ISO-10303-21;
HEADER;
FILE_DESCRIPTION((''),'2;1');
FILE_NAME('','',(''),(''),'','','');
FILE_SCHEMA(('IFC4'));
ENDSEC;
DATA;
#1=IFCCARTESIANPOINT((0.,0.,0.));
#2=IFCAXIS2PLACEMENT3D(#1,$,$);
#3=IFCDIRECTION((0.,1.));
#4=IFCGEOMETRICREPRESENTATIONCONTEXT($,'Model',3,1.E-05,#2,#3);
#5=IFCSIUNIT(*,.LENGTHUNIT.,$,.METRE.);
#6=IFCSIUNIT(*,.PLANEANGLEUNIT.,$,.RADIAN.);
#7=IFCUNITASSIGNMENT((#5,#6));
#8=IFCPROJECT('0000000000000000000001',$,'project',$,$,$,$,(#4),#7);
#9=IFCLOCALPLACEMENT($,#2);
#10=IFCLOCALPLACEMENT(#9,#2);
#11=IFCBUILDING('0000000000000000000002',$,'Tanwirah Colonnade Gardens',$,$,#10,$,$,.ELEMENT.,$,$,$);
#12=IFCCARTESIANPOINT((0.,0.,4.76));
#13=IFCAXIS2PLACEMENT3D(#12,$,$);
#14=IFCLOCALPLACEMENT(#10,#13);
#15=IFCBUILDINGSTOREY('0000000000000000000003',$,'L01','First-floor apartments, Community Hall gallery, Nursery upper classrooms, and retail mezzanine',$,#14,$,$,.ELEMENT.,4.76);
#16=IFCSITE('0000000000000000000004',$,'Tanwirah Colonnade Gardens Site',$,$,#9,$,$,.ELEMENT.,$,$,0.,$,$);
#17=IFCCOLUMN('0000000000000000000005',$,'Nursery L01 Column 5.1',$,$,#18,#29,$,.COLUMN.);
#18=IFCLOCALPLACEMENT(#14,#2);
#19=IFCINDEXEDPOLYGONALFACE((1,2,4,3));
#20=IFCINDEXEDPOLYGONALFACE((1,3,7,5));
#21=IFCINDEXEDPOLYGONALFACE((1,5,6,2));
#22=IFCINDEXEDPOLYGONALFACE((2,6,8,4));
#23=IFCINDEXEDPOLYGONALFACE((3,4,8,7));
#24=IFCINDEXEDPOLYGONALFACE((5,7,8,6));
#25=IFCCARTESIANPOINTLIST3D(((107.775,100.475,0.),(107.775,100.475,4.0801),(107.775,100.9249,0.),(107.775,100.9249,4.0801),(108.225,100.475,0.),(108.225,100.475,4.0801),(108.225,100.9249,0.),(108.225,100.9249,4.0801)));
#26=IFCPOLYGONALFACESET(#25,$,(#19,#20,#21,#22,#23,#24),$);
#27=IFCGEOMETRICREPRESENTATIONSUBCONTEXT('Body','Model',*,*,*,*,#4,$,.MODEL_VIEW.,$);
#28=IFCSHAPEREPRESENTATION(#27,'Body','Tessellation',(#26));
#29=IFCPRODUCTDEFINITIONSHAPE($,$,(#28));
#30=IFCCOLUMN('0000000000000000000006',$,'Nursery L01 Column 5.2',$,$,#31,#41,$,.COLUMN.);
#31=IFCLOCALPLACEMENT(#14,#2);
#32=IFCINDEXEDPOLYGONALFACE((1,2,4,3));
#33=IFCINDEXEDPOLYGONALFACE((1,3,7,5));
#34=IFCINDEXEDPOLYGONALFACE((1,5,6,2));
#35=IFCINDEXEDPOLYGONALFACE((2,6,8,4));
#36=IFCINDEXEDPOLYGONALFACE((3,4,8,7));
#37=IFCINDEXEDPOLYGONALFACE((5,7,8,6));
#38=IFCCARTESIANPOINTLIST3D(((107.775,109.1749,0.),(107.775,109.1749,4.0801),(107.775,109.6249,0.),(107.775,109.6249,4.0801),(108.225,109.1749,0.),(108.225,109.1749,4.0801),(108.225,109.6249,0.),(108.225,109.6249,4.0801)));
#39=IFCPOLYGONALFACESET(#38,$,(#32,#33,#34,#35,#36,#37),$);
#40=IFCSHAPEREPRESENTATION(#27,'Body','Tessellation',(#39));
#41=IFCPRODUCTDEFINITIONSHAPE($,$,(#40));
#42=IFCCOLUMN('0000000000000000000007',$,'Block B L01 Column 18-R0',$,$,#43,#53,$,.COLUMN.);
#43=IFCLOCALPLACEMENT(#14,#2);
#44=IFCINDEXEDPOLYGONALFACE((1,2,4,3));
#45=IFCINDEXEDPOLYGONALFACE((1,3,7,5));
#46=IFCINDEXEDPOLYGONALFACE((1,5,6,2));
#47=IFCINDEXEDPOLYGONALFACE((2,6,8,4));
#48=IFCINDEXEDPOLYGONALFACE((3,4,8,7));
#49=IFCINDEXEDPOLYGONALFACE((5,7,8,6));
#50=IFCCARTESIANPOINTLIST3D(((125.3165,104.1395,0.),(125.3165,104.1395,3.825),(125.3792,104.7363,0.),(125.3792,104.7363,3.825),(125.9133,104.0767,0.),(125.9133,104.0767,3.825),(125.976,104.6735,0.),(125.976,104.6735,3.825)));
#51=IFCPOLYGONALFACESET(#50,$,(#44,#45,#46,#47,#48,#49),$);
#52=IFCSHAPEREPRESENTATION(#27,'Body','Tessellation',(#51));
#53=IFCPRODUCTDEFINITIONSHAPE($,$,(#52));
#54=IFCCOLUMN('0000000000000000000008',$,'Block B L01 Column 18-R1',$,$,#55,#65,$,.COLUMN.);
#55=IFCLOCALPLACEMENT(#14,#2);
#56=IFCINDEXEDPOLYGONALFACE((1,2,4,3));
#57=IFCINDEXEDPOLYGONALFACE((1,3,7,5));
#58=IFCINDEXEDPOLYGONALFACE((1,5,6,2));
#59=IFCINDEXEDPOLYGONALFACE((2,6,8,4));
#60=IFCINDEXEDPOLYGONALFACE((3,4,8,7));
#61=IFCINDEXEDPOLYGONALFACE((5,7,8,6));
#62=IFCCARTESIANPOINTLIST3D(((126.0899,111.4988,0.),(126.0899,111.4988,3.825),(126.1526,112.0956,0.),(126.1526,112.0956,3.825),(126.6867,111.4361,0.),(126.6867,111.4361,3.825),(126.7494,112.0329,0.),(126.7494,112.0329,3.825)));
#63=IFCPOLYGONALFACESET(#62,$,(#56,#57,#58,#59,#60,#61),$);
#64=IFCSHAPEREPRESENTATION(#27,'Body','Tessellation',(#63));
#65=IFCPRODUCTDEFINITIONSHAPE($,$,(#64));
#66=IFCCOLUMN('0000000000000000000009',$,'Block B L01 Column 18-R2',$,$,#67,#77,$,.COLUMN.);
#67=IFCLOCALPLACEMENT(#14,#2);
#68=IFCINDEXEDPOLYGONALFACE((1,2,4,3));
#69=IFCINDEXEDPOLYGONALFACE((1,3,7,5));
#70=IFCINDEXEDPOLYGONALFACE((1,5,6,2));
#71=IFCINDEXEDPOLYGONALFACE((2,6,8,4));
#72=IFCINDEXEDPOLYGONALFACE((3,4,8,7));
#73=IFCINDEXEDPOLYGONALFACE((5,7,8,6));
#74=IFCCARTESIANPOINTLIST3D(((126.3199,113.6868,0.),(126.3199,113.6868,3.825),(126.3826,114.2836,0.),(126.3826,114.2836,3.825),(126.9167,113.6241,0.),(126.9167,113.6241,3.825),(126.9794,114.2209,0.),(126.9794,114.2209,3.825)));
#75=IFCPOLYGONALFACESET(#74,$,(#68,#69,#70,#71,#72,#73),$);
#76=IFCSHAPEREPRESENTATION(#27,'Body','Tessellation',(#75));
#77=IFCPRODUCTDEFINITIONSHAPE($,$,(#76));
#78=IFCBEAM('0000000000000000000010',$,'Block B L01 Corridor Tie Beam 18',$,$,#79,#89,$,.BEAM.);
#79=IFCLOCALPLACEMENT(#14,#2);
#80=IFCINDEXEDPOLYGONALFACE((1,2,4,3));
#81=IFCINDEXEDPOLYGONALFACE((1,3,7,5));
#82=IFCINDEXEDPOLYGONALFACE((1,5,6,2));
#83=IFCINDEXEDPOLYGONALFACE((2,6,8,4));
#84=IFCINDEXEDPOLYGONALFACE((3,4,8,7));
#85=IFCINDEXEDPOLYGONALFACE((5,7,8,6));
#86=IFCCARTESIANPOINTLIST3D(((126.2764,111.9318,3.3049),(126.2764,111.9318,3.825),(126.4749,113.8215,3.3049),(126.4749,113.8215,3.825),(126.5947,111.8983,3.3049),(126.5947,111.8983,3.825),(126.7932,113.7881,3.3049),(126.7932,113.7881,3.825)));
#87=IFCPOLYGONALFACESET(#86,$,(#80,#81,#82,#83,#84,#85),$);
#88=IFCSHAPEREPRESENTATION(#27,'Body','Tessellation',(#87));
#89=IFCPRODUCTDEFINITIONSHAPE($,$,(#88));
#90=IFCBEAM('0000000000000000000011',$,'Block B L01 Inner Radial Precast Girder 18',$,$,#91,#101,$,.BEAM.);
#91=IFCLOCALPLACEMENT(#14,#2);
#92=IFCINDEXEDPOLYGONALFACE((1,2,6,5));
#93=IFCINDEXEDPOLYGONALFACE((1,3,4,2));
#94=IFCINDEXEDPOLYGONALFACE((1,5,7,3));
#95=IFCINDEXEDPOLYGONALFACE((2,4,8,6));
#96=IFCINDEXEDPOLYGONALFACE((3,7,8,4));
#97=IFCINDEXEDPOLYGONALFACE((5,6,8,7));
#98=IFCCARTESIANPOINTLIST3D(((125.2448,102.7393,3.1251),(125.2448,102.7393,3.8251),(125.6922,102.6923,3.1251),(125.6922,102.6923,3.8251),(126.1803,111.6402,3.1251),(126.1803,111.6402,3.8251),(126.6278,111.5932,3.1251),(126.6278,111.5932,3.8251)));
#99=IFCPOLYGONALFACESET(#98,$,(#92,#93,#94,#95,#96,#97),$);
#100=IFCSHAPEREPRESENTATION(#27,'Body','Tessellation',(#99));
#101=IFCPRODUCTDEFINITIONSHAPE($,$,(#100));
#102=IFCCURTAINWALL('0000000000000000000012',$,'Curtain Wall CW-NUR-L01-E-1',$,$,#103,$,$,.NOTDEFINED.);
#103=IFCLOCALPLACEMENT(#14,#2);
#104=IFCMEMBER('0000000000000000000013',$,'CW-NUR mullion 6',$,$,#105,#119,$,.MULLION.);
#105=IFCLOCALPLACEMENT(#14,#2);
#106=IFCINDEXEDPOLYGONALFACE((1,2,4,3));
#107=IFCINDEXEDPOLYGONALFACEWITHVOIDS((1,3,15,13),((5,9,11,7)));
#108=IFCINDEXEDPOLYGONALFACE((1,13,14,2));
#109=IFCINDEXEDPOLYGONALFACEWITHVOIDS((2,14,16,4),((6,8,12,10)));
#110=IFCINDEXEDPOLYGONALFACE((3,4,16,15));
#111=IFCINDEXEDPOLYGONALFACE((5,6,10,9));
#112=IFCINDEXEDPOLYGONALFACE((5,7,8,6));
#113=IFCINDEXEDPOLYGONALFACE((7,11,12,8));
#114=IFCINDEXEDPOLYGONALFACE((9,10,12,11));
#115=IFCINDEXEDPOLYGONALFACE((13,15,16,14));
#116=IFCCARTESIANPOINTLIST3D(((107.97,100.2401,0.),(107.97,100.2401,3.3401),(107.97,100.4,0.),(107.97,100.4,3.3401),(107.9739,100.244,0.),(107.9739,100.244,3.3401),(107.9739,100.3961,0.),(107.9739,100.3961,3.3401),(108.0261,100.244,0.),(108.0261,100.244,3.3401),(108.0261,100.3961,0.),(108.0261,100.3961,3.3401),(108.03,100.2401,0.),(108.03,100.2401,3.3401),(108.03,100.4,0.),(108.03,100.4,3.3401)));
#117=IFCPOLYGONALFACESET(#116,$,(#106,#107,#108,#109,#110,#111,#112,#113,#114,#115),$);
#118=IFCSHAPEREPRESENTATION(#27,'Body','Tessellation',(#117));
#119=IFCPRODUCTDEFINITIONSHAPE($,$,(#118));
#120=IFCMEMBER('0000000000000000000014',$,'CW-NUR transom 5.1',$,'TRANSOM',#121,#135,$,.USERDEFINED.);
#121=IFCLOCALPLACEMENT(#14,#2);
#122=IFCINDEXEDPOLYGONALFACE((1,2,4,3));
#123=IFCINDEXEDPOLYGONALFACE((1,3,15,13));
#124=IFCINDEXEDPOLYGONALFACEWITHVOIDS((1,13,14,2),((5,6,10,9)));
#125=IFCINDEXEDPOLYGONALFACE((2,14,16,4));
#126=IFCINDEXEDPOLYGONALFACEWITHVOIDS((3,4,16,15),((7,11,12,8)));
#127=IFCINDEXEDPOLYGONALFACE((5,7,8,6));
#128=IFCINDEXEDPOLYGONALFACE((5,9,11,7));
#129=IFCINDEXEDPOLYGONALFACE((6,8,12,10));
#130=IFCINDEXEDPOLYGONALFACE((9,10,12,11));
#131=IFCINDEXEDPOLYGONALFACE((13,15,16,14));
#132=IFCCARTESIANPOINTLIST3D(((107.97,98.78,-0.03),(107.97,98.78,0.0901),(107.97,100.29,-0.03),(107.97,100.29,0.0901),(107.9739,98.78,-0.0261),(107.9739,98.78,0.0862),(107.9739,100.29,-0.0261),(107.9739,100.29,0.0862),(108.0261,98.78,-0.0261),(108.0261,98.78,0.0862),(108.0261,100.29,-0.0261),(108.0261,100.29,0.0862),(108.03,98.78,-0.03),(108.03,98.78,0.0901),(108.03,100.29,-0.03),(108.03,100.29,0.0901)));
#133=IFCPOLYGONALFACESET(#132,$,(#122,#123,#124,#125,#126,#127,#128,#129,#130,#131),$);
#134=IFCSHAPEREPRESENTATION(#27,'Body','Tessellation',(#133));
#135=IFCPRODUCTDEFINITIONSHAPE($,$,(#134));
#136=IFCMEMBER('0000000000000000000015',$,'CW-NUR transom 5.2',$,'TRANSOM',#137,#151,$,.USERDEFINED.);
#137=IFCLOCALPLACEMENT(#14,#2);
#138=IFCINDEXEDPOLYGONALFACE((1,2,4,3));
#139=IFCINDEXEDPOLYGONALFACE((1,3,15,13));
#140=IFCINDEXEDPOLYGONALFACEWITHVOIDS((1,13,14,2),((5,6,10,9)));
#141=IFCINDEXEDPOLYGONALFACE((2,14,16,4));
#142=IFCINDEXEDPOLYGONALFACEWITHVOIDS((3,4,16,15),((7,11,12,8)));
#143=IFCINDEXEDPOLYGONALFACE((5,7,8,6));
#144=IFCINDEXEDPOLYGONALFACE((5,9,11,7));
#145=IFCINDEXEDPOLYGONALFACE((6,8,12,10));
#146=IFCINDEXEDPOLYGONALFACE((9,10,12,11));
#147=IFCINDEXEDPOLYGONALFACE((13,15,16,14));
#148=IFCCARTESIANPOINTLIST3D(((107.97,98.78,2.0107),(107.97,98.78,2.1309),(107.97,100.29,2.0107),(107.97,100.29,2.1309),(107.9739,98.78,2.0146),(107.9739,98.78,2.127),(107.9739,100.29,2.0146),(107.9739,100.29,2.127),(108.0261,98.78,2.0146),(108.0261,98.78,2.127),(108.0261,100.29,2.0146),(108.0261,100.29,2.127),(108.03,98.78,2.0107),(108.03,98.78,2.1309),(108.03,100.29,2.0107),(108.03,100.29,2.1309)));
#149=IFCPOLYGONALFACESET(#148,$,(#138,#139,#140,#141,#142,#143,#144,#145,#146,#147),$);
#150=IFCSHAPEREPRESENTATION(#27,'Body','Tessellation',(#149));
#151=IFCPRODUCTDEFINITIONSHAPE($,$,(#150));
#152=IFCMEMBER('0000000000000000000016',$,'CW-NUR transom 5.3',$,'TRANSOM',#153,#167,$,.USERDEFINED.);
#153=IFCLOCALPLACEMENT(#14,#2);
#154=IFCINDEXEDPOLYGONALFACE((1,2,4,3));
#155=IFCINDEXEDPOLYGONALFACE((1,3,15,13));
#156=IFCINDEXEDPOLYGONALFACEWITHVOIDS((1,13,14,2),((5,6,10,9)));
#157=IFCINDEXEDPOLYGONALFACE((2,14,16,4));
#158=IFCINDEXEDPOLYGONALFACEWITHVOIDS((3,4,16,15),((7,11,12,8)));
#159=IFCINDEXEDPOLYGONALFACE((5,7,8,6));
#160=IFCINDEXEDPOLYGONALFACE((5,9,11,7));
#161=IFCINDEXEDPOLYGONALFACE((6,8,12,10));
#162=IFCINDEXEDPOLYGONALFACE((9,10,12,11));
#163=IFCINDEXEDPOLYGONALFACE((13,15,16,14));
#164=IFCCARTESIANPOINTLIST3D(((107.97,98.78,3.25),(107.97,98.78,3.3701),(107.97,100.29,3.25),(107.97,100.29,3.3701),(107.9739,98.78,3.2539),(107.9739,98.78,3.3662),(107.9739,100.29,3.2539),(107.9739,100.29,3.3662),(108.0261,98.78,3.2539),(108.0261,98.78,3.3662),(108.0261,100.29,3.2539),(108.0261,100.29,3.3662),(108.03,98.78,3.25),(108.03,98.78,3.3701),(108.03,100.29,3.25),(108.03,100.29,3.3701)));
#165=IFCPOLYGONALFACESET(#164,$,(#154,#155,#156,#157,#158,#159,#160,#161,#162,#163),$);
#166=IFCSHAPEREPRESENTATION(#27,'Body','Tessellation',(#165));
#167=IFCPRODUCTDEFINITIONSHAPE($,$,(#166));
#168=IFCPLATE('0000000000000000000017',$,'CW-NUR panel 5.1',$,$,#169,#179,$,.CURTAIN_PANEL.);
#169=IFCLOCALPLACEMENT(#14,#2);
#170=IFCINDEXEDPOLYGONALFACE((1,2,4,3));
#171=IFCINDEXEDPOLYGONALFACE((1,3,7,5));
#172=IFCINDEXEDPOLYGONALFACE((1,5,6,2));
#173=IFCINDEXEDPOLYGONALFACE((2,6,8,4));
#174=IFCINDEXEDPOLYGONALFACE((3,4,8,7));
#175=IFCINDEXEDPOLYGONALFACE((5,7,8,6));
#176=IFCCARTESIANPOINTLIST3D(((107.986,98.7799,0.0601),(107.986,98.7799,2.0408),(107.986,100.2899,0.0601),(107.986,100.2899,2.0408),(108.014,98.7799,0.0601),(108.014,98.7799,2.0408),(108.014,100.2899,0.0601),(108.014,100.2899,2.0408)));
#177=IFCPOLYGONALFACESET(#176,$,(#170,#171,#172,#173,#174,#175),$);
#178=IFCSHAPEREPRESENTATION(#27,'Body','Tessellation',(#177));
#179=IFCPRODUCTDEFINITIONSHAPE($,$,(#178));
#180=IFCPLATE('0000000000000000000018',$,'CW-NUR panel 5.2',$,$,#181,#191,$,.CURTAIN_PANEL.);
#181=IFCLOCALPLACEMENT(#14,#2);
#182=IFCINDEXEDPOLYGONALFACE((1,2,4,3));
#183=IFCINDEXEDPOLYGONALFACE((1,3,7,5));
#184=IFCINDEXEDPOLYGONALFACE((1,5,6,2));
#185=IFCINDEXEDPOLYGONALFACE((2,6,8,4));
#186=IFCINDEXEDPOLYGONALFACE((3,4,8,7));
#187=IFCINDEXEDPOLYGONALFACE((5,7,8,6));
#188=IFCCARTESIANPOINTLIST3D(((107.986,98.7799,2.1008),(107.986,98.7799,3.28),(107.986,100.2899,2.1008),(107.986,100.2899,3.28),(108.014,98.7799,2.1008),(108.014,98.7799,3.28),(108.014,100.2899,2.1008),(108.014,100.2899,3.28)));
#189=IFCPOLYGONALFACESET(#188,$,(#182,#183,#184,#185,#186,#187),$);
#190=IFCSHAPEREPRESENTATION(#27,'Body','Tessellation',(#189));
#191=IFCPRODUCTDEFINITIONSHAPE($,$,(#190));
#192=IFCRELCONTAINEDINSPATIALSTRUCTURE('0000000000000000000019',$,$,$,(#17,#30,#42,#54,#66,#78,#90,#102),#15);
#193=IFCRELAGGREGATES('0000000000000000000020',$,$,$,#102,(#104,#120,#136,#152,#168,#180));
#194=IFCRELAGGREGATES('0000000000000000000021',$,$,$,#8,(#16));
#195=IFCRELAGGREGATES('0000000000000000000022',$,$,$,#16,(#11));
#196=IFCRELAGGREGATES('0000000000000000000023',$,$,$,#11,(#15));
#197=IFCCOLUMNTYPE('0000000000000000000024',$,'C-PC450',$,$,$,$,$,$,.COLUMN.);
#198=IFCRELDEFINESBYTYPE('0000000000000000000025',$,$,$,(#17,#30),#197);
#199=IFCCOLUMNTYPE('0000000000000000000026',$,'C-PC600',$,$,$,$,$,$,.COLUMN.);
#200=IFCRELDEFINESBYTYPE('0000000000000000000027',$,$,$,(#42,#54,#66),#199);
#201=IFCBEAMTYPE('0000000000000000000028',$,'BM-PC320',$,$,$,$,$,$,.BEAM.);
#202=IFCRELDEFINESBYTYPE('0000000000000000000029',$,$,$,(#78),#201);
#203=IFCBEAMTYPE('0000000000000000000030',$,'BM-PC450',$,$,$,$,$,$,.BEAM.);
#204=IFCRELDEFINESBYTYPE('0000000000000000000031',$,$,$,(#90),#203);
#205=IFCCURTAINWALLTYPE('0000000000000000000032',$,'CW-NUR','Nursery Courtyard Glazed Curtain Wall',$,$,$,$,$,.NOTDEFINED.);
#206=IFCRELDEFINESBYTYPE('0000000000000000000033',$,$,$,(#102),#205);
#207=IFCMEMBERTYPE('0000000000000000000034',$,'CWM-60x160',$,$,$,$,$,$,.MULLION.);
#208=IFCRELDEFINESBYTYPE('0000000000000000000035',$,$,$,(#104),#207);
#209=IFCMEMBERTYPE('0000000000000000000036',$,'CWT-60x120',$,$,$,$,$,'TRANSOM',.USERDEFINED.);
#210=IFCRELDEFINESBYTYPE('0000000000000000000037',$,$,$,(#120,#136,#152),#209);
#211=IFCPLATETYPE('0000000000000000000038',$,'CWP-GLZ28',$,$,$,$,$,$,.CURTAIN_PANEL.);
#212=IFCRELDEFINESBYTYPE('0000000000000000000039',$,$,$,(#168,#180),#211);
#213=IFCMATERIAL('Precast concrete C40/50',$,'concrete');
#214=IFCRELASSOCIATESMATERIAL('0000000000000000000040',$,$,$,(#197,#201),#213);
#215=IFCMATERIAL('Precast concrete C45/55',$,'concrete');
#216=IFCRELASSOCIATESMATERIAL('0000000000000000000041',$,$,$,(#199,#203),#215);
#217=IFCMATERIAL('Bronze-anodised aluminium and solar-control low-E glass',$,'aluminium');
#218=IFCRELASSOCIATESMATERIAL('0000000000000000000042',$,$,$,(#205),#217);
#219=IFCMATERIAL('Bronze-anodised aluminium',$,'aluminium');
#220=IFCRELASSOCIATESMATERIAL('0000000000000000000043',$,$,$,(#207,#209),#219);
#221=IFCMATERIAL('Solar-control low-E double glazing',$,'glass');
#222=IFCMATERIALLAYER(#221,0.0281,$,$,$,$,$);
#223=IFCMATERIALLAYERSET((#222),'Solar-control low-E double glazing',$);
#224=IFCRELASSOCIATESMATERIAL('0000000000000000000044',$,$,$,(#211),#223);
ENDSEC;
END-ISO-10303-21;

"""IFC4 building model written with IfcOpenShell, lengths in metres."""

from ifc_helpers import new_model, si_unit, direction, frame, origin, origin_2d, place, context, subcontext, project, spatial, rectangle, hollow_rectangle, extrude, material, layer, layer_set, material_profile, profile_set, type_object, element, aggregate, save


model = new_model("IFC4")

# Units and contexts
model_context = context("Model", 3, precision=1e-05, world=origin(), true_north=direction((0.0, 1.0)))
body_context = subcontext(model_context, "Body", "Model", "MODEL_VIEW")
ifc_project = project(units=[si_unit("LENGTHUNIT", "METRE"), si_unit("PLANEANGLEUNIT", "RADIAN")], contexts=[model_context])

# Site, building, storey
site_placement = place(None, origin())
site = spatial("IfcSite", under=ifc_project, at=site_placement, Name="Tanwirah Colonnade Gardens Site", CompositionType="ELEMENT", RefElevation=0.0)
building_placement = place(site_placement, origin())
building = spatial("IfcBuilding", under=site, at=building_placement, Name="Tanwirah Colonnade Gardens", CompositionType="ELEMENT")
storey_placement = place(building_placement, frame((0.0, 0.0, 4.76)))
storey = spatial("IfcBuildingStorey", under=building, at=storey_placement, Name="L01", Description="First-floor apartments, Community Hall gallery, Nursery upper classrooms, and retail mezzanine", CompositionType="ELEMENT", Elevation=4.76)

# Columns
ifc_material_1 = material(Name="Precast concrete C40/50", Category="concrete")
ifc_material_profile_1 = material_profile(ifc_material_1, rectangle(XDim=0.45, YDim=0.45, at=origin_2d()), Name="PC-COL 450x450")
ifc_profile_set_1 = profile_set([ifc_material_profile_1], Name="Precast concrete C40/50")
column_type_1 = type_object("IfcColumnType", Name="C-PC450", PredefinedType="COLUMN", material=ifc_profile_set_1)
for number, where, z_axis, x_axis, name in (
    (1, (108.0, 100.7, 0.0), (0.0, 0.0, 1.0), (1.0, 0.0, 0.0), "Nursery L01 Column 5.1"),
    (2, (108.0, 109.3999, 0.0), (0.0, 0.0, 1.0), (1.0, 0.0, 0.0), "Nursery L01 Column 5.2"),
):
    element("IfcColumn", number, at=place(storey_placement, frame(where, z_axis=z_axis, x_axis=x_axis)), inside=storey, type_object=column_type_1, Name=name, PredefinedType="COLUMN", context=body_context, shape_type="SweptSolid", body=[
        extrude(rectangle(XDim=0.45, YDim=0.45, at=origin_2d()), origin(), (0.0, 0.0, 1.0), 4.0801),
    ])
ifc_material_2 = material(Name="Precast concrete C45/55", Category="concrete")
ifc_material_profile_2 = material_profile(ifc_material_2, rectangle(XDim=0.6001, YDim=0.6001, at=origin_2d()), Name="PC-COL 600x600")
ifc_profile_set_2 = profile_set([ifc_material_profile_2], Name="Precast concrete C45/55")
column_type_2 = type_object("IfcColumnType", Name="C-PC600", PredefinedType="COLUMN", material=ifc_profile_set_2)
for number, where, z_axis, x_axis, name in (
    (3, (125.6462, 104.4065, 0.0), (0.0, 0.0, 1.0), (0.104528, 0.994522, 0.0), "Block B L01 Column 18-R0"),
    (4, (126.4197, 111.7659, 0.0), (0.0, 0.0, 1.0), (0.104528, 0.994522, 0.0), "Block B L01 Column 18-R1"),
    (5, (126.6497, 113.9539, 0.0), (0.0, 0.0, 1.0), (0.104528, 0.994522, 0.0), "Block B L01 Column 18-R2"),
):
    element("IfcColumn", number, at=place(storey_placement, frame(where, z_axis=z_axis, x_axis=x_axis)), inside=storey, type_object=column_type_2, Name=name, PredefinedType="COLUMN", context=body_context, shape_type="SweptSolid", body=[
        extrude(rectangle(XDim=0.6001, YDim=0.6001, at=origin_2d()), origin(), (0.0, 0.0, 1.0), 3.825),
    ])

# Beams
ifc_material_profile_3 = material_profile(ifc_material_1, rectangle(XDim=0.3201, YDim=0.52, at=origin_2d()), Name="PC-BM 320x520")
ifc_profile_set_3 = profile_set([ifc_material_profile_3], Name="Precast concrete C40/50")
beam_type_1 = type_object("IfcBeamType", Name="BM-PC320", PredefinedType="BEAM", material=ifc_profile_set_3)
beam_1_placement = place(storey_placement, frame((126.4355, 111.915, 3.5649), z_axis=(0.104464, 0.994529, 0.0), x_axis=(-0.994529, 0.104464, 0.0)))
element("IfcBeam", 6, at=beam_1_placement, inside=storey, type_object=beam_type_1, Name="Block B L01 Corridor Tie Beam 18", PredefinedType="BEAM", context=body_context, shape_type="SweptSolid", body=[
    extrude(rectangle(XDim=0.3201, YDim=0.52, at=origin_2d()), origin(), (0.0, 0.0, 1.0), 1.9001),
])
ifc_material_profile_4 = material_profile(ifc_material_2, rectangle(XDim=0.45, YDim=0.7, at=origin_2d()), Name="PC-BM 450x700")
ifc_profile_set_4 = profile_set([ifc_material_profile_4], Name="Precast concrete C45/55")
beam_type_2 = type_object("IfcBeamType", Name="BM-PC450", PredefinedType="BEAM", material=ifc_profile_set_4)
beam_2_placement = place(storey_placement, frame((126.4041, 111.6167, 3.4751), z_axis=(-0.104531, -0.994522, 0.0), x_axis=(0.994522, -0.104531, 0.0)))
element("IfcBeam", 7, at=beam_2_placement, inside=storey, type_object=beam_type_2, Name="Block B L01 Inner Radial Precast Girder 18", PredefinedType="BEAM", context=body_context, shape_type="SweptSolid", body=[
    extrude(rectangle(XDim=0.45, YDim=0.7, at=origin_2d()), origin(), (0.0, 0.0, 1.0), 8.95),
])

# Curtain wall, members, plates
ifc_material_3 = material(Name="Bronze-anodised aluminium and solar-control low-E glass", Category="aluminium")
curtain_wall_type = type_object("IfcCurtainWallType", Name="CW-NUR", Description="Nursery Courtyard Glazed Curtain Wall", PredefinedType="NOTDEFINED", material=ifc_material_3)
curtain_wall_placement = place(storey_placement, origin())
curtain_wall = element("IfcCurtainWall", 8, at=curtain_wall_placement, inside=storey, type_object=curtain_wall_type, Name="Curtain Wall CW-NUR-L01-E-1", PredefinedType="NOTDEFINED")
ifc_material_4 = material(Name="Bronze-anodised aluminium", Category="aluminium")
ifc_material_profile_5 = material_profile(ifc_material_4, hollow_rectangle(XDim=0.0601, YDim=0.1599, WallThickness=0.0039, at=origin_2d()), Name="CW-MUL 60x160x4")
ifc_profile_set_5 = profile_set([ifc_material_profile_5], Name="Bronze-anodised aluminium")
member_type_1 = type_object("IfcMemberType", Name="CWM-60x160", PredefinedType="MULLION", material=ifc_profile_set_5)
member_1_placement = place(storey_placement, frame((108.0, 100.3201, 0.0), z_axis=(0.0, 0.0, 1.0), x_axis=(-1.0, 0.0, 0.0)))
member_1 = element("IfcMember", 9, at=member_1_placement, type_object=member_type_1, Name="CW-NUR mullion 6", PredefinedType="MULLION", context=body_context, shape_type="SweptSolid", body=[
    extrude(hollow_rectangle(XDim=0.0601, YDim=0.1599, WallThickness=0.0039, at=origin_2d()), origin(), (0.0, 0.0, 1.0), 3.3401),
])
ifc_material_profile_6 = material_profile(ifc_material_4, hollow_rectangle(XDim=0.0601, YDim=0.1201, WallThickness=0.0039, at=origin_2d()), Name="CW-TRN 60x120x4")
ifc_profile_set_6 = profile_set([ifc_material_profile_6], Name="Bronze-anodised aluminium")
member_type_2 = type_object("IfcMemberType", Name="CWT-60x120", ElementType="TRANSOM", PredefinedType="USERDEFINED", material=ifc_profile_set_6)
member_2_placement = place(storey_placement, frame((108.0, 98.78, 0.03), z_axis=(0.0, 1.0, 0.0), x_axis=(-1.0, 0.0, 0.0)))
member_2 = element("IfcMember", 10, at=member_2_placement, type_object=member_type_2, Name="CW-NUR transom 5.1", ObjectType="TRANSOM", PredefinedType="USERDEFINED", context=body_context, shape_type="SweptSolid", body=[
    extrude(hollow_rectangle(XDim=0.0601, YDim=0.1201, WallThickness=0.0039, at=origin_2d()), origin(), (0.0, 0.0, 1.0), 1.51),
])
member_3_placement = place(storey_placement, frame((108.0, 98.78, 2.0708), z_axis=(0.0, 1.0, 0.0), x_axis=(-1.0, 0.0, 0.0)))
member_3 = element("IfcMember", 11, at=member_3_placement, type_object=member_type_2, Name="CW-NUR transom 5.2", ObjectType="TRANSOM", PredefinedType="USERDEFINED", context=body_context, shape_type="SweptSolid", body=[
    extrude(hollow_rectangle(XDim=0.0601, YDim=0.1201, WallThickness=0.0039, at=origin_2d()), origin(), (0.0, 0.0, 1.0), 1.51),
])
member_4_placement = place(storey_placement, frame((108.0, 98.78, 3.3101), z_axis=(0.0, 1.0, 0.0), x_axis=(-1.0, 0.0, 0.0)))
member_4 = element("IfcMember", 12, at=member_4_placement, type_object=member_type_2, Name="CW-NUR transom 5.3", ObjectType="TRANSOM", PredefinedType="USERDEFINED", context=body_context, shape_type="SweptSolid", body=[
    extrude(hollow_rectangle(XDim=0.0601, YDim=0.1201, WallThickness=0.0039, at=origin_2d()), origin(), (0.0, 0.0, 1.0), 1.51),
])
ifc_material_5 = material(Name="Solar-control low-E double glazing", Category="glass")
ifc_layer_1 = layer(ifc_material_5, 0.0281)
ifc_layer_set_1 = layer_set([ifc_layer_1], Name="Solar-control low-E double glazing")
plate_type = type_object("IfcPlateType", Name="CWP-GLZ28", PredefinedType="CURTAIN_PANEL", material=ifc_layer_set_1)
plate_1_placement = place(storey_placement, frame((108.0, 99.5349, 0.0601), z_axis=(0.0, 0.0, 1.0), x_axis=(0.0, 1.0, 0.0)))
plate_1 = element("IfcPlate", 13, at=plate_1_placement, type_object=plate_type, Name="CW-NUR panel 5.1", PredefinedType="CURTAIN_PANEL", context=body_context, shape_type="SweptSolid", body=[
    extrude(rectangle(XDim=1.51, YDim=0.0281, at=origin_2d()), origin(), (0.0, 0.0, 1.0), 1.9807),
])
plate_2_placement = place(storey_placement, frame((108.0, 99.5349, 2.1008), z_axis=(0.0, 0.0, 1.0), x_axis=(0.0, 1.0, 0.0)))
plate_2 = element("IfcPlate", 14, at=plate_2_placement, type_object=plate_type, Name="CW-NUR panel 5.2", PredefinedType="CURTAIN_PANEL", context=body_context, shape_type="SweptSolid", body=[
    extrude(rectangle(XDim=1.51, YDim=0.0281, at=origin_2d()), origin(), (0.0, 0.0, 1.0), 1.1792),
])
aggregate(curtain_wall, [member_1, member_2, member_3, member_4, plate_1, plate_2])

save(model, "model.ifc")
